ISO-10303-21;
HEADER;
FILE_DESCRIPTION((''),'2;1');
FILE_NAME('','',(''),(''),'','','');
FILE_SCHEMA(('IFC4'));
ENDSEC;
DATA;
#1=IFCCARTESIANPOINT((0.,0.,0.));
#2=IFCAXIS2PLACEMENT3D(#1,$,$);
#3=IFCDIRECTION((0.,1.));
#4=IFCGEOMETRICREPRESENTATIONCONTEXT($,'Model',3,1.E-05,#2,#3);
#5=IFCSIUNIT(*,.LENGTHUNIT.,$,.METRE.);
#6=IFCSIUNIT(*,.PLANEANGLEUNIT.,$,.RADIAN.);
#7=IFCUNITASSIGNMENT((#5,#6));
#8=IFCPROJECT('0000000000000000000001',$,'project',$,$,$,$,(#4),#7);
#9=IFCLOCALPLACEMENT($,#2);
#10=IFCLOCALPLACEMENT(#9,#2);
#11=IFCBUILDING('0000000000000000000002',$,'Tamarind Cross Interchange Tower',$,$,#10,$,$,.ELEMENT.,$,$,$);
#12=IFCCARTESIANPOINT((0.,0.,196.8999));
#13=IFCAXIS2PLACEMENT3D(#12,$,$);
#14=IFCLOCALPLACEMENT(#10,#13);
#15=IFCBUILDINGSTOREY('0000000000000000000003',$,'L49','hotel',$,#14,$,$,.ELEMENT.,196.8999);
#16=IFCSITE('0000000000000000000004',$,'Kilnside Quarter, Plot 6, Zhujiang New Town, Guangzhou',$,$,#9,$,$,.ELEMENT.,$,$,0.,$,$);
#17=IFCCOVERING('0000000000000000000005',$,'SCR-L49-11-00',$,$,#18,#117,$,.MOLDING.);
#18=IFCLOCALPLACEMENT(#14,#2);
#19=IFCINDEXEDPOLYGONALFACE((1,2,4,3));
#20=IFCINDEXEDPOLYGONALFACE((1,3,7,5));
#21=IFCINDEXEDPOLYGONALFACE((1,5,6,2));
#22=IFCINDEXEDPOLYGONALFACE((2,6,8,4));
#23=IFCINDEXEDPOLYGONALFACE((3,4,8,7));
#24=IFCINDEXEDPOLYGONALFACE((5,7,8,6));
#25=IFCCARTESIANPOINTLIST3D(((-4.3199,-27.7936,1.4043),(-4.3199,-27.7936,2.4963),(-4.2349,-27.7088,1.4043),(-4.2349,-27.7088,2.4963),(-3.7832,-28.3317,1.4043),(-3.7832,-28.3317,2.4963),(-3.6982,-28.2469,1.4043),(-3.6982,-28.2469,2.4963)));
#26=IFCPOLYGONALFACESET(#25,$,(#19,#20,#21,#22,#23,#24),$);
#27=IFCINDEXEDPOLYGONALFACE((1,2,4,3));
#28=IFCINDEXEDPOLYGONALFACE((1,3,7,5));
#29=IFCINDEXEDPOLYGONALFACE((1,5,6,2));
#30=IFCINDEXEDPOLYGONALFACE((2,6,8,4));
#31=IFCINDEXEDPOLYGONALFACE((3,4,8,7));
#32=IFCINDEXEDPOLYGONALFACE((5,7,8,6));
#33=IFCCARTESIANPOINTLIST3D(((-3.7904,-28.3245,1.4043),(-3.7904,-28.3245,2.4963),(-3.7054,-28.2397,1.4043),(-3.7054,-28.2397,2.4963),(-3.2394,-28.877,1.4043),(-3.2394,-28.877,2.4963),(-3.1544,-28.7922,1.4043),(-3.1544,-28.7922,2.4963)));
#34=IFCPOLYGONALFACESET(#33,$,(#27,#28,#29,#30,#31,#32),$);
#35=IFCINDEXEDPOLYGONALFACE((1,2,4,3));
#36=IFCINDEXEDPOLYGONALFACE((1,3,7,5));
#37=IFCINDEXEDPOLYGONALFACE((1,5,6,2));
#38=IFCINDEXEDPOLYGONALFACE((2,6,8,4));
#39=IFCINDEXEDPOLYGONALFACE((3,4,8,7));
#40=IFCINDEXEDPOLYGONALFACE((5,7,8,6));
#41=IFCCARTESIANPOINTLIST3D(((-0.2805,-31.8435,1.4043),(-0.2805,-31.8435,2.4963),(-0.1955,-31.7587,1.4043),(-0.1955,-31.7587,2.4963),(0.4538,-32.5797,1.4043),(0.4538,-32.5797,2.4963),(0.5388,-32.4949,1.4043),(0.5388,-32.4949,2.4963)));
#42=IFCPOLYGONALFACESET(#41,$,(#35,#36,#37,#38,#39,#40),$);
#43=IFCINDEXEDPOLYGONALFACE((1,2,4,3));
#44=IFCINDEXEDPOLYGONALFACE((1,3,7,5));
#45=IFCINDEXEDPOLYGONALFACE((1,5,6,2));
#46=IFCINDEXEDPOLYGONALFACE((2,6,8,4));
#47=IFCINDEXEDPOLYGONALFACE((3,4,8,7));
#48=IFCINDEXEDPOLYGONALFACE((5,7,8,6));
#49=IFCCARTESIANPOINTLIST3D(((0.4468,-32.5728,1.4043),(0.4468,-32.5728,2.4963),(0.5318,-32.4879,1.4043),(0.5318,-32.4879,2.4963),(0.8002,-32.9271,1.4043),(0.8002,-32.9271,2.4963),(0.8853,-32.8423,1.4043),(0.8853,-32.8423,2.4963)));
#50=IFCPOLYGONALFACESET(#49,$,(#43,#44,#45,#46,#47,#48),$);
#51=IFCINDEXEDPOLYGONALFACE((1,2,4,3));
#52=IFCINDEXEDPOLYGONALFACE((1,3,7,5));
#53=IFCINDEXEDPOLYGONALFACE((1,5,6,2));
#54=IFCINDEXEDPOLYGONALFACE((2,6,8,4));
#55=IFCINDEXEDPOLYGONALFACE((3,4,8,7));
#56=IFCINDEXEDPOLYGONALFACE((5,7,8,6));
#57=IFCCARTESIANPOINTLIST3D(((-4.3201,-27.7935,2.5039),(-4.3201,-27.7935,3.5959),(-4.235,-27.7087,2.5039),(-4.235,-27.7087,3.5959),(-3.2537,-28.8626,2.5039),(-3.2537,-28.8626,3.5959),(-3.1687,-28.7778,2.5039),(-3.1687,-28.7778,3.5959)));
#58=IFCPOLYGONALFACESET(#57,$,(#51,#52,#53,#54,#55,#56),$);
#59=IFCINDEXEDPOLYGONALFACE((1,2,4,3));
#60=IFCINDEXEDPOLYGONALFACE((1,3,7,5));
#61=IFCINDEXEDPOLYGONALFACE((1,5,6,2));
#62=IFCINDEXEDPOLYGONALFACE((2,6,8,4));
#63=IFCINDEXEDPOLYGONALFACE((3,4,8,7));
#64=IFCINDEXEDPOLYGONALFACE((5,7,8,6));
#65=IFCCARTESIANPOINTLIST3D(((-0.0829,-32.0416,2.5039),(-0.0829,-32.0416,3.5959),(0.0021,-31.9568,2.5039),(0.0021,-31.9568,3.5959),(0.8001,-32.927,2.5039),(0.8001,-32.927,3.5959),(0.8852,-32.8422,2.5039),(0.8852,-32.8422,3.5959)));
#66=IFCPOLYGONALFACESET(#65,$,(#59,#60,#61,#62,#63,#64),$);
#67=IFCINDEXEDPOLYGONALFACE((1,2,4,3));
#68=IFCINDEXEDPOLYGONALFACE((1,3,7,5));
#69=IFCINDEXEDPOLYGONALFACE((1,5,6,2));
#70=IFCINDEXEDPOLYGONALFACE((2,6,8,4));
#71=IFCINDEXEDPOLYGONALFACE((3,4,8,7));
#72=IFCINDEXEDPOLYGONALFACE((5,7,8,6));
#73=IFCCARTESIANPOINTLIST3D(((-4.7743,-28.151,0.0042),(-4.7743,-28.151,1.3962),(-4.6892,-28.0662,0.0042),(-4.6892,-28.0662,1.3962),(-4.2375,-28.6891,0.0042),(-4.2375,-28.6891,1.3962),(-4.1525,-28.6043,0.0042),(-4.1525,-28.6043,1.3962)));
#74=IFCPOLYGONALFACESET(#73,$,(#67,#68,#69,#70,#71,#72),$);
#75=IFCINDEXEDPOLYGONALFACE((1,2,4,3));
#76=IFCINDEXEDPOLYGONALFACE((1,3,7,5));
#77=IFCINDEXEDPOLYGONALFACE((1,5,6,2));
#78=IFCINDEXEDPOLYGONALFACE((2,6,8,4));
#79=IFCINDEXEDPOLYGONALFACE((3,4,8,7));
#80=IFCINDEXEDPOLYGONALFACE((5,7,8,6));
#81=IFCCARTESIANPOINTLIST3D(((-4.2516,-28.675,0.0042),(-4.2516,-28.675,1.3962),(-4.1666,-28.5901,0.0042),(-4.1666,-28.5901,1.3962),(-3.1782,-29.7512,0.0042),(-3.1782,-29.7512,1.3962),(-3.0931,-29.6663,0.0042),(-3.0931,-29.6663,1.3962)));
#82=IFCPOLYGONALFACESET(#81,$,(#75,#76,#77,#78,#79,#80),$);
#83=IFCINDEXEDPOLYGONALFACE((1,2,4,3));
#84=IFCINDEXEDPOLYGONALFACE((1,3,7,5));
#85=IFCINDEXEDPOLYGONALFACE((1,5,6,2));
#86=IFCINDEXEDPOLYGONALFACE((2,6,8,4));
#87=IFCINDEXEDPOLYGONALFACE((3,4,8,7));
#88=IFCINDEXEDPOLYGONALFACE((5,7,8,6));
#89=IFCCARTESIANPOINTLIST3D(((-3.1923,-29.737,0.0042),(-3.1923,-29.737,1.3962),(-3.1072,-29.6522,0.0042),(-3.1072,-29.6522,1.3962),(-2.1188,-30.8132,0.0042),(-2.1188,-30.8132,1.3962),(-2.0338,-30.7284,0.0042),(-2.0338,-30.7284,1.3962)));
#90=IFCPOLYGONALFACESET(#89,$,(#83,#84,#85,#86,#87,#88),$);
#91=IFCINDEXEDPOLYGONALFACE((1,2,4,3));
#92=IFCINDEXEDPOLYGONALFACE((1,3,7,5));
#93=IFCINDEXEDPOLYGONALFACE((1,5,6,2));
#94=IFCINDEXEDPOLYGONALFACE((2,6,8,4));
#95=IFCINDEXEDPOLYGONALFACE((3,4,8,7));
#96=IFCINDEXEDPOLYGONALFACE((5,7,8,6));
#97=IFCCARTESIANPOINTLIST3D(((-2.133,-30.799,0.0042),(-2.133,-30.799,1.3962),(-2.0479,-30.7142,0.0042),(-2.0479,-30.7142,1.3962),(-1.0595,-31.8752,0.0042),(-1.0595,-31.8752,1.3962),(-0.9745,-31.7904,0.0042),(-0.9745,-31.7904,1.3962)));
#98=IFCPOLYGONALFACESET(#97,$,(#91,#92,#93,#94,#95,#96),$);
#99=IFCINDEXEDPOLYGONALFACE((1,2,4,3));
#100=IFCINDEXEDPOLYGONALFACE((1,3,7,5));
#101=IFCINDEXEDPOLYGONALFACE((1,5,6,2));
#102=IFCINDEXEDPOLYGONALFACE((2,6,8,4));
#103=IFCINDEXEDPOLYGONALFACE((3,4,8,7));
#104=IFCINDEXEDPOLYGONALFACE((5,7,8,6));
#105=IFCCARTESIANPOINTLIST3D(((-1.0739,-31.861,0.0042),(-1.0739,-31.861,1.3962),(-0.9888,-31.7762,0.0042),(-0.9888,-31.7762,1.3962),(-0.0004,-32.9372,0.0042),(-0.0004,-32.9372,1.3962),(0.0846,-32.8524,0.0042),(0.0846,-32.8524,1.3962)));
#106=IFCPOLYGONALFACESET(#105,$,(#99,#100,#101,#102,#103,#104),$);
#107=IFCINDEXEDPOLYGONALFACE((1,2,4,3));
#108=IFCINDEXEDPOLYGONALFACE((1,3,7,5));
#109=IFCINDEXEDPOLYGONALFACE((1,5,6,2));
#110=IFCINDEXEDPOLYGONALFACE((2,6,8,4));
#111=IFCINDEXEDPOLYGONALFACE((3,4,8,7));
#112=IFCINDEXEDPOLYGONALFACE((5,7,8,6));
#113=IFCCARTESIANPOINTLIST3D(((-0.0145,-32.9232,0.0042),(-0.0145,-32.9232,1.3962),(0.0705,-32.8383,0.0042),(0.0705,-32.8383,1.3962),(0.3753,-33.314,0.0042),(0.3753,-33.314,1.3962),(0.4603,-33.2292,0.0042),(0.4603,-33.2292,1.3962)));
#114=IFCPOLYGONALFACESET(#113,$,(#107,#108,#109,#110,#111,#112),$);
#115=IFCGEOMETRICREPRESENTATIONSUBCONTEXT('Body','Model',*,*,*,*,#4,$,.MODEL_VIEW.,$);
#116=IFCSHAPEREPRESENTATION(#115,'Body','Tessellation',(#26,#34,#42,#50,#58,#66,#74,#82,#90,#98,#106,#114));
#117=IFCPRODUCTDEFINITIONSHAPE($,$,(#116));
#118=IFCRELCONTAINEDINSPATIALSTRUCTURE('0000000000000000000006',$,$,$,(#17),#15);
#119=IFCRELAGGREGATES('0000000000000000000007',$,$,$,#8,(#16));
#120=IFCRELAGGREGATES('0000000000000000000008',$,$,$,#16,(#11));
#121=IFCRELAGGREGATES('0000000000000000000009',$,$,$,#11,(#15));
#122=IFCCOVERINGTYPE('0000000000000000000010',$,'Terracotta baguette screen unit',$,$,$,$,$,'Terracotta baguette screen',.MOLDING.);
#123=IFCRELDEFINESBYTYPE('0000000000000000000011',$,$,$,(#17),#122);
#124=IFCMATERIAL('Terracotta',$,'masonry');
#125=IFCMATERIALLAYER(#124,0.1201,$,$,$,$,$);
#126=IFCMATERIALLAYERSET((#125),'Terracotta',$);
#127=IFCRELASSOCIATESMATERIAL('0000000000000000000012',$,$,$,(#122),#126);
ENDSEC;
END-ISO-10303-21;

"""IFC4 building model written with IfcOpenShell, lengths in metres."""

from ifc_helpers import new_model, si_unit, direction, frame, origin, origin_2d, place, context, subcontext, project, spatial, rectangle, extrude, material, layer, layer_set, type_object, element, save


model = new_model("IFC4")

# Units and contexts
model_context = context("Model", 3, precision=1e-05, world=origin(), true_north=direction((0.0, 1.0)))
body_context = subcontext(model_context, "Body", "Model", "MODEL_VIEW")
ifc_project = project(units=[si_unit("LENGTHUNIT", "METRE"), si_unit("PLANEANGLEUNIT", "RADIAN")], contexts=[model_context])

# Site, building, storey
site_placement = place(None, origin())
site = spatial("IfcSite", under=ifc_project, at=site_placement, Name="Kilnside Quarter, Plot 6, Zhujiang New Town, Guangzhou", CompositionType="ELEMENT", RefElevation=0.0)
building_placement = place(site_placement, origin())
building = spatial("IfcBuilding", under=site, at=building_placement, Name="Tamarind Cross Interchange Tower", CompositionType="ELEMENT")
storey_placement = place(building_placement, frame((0.0, 0.0, 196.8999)))
storey = spatial("IfcBuildingStorey", under=building, at=storey_placement, Name="L49", Description="hotel", CompositionType="ELEMENT", Elevation=196.8999)

# Covering
ifc_material_1 = material(Name="Terracotta", Category="masonry")
ifc_layer_1 = layer(ifc_material_1, 0.1201)
ifc_layer_set_1 = layer_set([ifc_layer_1], Name="Terracotta")
covering_type = type_object("IfcCoveringType", Name="Terracotta baguette screen unit", ElementType="Terracotta baguette screen", PredefinedType="MOLDING", material=ifc_layer_set_1)
covering_1_placement = place(storey_placement, origin())
element("IfcCovering", 1, at=covering_1_placement, inside=storey, type_object=covering_type, Name="SCR-L49-11-00", PredefinedType="MOLDING", context=body_context, shape_type="SweptSolid", body=[
    extrude(rectangle(XDim=0.76, YDim=0.1201, at=origin_2d()), frame((-4.009, -28.0203, 1.4043), z_axis=(0.0, 0.0, 1.0), x_axis=(0.706198, -0.708015, 0.0)), (0.0, 0.0, 1.0), 1.092),
    extrude(rectangle(XDim=0.7803, YDim=0.1201, at=origin_2d()), frame((-3.4724, -28.5583, 1.4043), z_axis=(0.0, 0.0, 1.0), x_axis=(0.706198, -0.708015, 0.0)), (0.0, 0.0, 1.0), 1.092),
    extrude(rectangle(XDim=1.0398, YDim=0.1201, at=origin_2d()), frame((0.1292, -32.1692, 1.4043), z_axis=(0.0, 0.0, 1.0), x_axis=(0.706198, -0.708015, 0.0)), (0.0, 0.0, 1.0), 1.092),
    extrude(rectangle(XDim=0.5005, YDim=0.1201, at=origin_2d()), frame((0.666, -32.7075, 1.4043), z_axis=(0.0, 0.0, 1.0), x_axis=(0.706198, -0.708015, 0.0)), (0.0, 0.0, 1.0), 1.092),
    extrude(rectangle(XDim=1.51, YDim=0.1201, at=origin_2d()), frame((-3.7444, -28.2856, 2.5039), z_axis=(0.0, 0.0, 1.0), x_axis=(0.706198, -0.708015, 0.0)), (0.0, 0.0, 1.0), 1.092),
    extrude(rectangle(XDim=1.2505, YDim=0.1201, at=origin_2d()), frame((0.4011, -32.4419, 2.5039), z_axis=(0.0, 0.0, 1.0), x_axis=(0.706198, -0.708015, 0.0)), (0.0, 0.0, 1.0), 1.092),
    extrude(rectangle(XDim=0.76, YDim=0.1201, at=origin_2d()), frame((-4.4634, -28.3777, 0.0042), z_axis=(0.0, 0.0, 1.0), x_axis=(0.706198, -0.708015, 0.0)), (0.0, 0.0, 1.0), 1.3921),
    extrude(rectangle(XDim=1.52, YDim=0.1201, at=origin_2d()), frame((-3.6724, -29.1707, 0.0042), z_axis=(0.0, 0.0, 1.0), x_axis=(0.706198, -0.708015, 0.0)), (0.0, 0.0, 1.0), 1.3921),
    extrude(rectangle(XDim=1.52, YDim=0.1201, at=origin_2d()), frame((-2.613, -30.2327, 0.0042), z_axis=(0.0, 0.0, 1.0), x_axis=(0.706198, -0.708015, 0.0)), (0.0, 0.0, 1.0), 1.3921),
    extrude(rectangle(XDim=1.52, YDim=0.1201, at=origin_2d()), frame((-1.5537, -31.2947, 0.0042), z_axis=(0.0, 0.0, 1.0), x_axis=(0.706198, -0.708015, 0.0)), (0.0, 0.0, 1.0), 1.3921),
    extrude(rectangle(XDim=1.52, YDim=0.1201, at=origin_2d()), frame((-0.4946, -32.3567, 0.0042), z_axis=(0.0, 0.0, 1.0), x_axis=(0.706198, -0.708015, 0.0)), (0.0, 0.0, 1.0), 1.3921),
    extrude(rectangle(XDim=0.552, YDim=0.1201, at=origin_2d()), frame((0.2229, -33.0762, 0.0042), z_axis=(0.0, 0.0, 1.0), x_axis=(0.706198, -0.708015, 0.0)), (0.0, 0.0, 1.0), 1.3921),
])

save(model, "model.ifc")
